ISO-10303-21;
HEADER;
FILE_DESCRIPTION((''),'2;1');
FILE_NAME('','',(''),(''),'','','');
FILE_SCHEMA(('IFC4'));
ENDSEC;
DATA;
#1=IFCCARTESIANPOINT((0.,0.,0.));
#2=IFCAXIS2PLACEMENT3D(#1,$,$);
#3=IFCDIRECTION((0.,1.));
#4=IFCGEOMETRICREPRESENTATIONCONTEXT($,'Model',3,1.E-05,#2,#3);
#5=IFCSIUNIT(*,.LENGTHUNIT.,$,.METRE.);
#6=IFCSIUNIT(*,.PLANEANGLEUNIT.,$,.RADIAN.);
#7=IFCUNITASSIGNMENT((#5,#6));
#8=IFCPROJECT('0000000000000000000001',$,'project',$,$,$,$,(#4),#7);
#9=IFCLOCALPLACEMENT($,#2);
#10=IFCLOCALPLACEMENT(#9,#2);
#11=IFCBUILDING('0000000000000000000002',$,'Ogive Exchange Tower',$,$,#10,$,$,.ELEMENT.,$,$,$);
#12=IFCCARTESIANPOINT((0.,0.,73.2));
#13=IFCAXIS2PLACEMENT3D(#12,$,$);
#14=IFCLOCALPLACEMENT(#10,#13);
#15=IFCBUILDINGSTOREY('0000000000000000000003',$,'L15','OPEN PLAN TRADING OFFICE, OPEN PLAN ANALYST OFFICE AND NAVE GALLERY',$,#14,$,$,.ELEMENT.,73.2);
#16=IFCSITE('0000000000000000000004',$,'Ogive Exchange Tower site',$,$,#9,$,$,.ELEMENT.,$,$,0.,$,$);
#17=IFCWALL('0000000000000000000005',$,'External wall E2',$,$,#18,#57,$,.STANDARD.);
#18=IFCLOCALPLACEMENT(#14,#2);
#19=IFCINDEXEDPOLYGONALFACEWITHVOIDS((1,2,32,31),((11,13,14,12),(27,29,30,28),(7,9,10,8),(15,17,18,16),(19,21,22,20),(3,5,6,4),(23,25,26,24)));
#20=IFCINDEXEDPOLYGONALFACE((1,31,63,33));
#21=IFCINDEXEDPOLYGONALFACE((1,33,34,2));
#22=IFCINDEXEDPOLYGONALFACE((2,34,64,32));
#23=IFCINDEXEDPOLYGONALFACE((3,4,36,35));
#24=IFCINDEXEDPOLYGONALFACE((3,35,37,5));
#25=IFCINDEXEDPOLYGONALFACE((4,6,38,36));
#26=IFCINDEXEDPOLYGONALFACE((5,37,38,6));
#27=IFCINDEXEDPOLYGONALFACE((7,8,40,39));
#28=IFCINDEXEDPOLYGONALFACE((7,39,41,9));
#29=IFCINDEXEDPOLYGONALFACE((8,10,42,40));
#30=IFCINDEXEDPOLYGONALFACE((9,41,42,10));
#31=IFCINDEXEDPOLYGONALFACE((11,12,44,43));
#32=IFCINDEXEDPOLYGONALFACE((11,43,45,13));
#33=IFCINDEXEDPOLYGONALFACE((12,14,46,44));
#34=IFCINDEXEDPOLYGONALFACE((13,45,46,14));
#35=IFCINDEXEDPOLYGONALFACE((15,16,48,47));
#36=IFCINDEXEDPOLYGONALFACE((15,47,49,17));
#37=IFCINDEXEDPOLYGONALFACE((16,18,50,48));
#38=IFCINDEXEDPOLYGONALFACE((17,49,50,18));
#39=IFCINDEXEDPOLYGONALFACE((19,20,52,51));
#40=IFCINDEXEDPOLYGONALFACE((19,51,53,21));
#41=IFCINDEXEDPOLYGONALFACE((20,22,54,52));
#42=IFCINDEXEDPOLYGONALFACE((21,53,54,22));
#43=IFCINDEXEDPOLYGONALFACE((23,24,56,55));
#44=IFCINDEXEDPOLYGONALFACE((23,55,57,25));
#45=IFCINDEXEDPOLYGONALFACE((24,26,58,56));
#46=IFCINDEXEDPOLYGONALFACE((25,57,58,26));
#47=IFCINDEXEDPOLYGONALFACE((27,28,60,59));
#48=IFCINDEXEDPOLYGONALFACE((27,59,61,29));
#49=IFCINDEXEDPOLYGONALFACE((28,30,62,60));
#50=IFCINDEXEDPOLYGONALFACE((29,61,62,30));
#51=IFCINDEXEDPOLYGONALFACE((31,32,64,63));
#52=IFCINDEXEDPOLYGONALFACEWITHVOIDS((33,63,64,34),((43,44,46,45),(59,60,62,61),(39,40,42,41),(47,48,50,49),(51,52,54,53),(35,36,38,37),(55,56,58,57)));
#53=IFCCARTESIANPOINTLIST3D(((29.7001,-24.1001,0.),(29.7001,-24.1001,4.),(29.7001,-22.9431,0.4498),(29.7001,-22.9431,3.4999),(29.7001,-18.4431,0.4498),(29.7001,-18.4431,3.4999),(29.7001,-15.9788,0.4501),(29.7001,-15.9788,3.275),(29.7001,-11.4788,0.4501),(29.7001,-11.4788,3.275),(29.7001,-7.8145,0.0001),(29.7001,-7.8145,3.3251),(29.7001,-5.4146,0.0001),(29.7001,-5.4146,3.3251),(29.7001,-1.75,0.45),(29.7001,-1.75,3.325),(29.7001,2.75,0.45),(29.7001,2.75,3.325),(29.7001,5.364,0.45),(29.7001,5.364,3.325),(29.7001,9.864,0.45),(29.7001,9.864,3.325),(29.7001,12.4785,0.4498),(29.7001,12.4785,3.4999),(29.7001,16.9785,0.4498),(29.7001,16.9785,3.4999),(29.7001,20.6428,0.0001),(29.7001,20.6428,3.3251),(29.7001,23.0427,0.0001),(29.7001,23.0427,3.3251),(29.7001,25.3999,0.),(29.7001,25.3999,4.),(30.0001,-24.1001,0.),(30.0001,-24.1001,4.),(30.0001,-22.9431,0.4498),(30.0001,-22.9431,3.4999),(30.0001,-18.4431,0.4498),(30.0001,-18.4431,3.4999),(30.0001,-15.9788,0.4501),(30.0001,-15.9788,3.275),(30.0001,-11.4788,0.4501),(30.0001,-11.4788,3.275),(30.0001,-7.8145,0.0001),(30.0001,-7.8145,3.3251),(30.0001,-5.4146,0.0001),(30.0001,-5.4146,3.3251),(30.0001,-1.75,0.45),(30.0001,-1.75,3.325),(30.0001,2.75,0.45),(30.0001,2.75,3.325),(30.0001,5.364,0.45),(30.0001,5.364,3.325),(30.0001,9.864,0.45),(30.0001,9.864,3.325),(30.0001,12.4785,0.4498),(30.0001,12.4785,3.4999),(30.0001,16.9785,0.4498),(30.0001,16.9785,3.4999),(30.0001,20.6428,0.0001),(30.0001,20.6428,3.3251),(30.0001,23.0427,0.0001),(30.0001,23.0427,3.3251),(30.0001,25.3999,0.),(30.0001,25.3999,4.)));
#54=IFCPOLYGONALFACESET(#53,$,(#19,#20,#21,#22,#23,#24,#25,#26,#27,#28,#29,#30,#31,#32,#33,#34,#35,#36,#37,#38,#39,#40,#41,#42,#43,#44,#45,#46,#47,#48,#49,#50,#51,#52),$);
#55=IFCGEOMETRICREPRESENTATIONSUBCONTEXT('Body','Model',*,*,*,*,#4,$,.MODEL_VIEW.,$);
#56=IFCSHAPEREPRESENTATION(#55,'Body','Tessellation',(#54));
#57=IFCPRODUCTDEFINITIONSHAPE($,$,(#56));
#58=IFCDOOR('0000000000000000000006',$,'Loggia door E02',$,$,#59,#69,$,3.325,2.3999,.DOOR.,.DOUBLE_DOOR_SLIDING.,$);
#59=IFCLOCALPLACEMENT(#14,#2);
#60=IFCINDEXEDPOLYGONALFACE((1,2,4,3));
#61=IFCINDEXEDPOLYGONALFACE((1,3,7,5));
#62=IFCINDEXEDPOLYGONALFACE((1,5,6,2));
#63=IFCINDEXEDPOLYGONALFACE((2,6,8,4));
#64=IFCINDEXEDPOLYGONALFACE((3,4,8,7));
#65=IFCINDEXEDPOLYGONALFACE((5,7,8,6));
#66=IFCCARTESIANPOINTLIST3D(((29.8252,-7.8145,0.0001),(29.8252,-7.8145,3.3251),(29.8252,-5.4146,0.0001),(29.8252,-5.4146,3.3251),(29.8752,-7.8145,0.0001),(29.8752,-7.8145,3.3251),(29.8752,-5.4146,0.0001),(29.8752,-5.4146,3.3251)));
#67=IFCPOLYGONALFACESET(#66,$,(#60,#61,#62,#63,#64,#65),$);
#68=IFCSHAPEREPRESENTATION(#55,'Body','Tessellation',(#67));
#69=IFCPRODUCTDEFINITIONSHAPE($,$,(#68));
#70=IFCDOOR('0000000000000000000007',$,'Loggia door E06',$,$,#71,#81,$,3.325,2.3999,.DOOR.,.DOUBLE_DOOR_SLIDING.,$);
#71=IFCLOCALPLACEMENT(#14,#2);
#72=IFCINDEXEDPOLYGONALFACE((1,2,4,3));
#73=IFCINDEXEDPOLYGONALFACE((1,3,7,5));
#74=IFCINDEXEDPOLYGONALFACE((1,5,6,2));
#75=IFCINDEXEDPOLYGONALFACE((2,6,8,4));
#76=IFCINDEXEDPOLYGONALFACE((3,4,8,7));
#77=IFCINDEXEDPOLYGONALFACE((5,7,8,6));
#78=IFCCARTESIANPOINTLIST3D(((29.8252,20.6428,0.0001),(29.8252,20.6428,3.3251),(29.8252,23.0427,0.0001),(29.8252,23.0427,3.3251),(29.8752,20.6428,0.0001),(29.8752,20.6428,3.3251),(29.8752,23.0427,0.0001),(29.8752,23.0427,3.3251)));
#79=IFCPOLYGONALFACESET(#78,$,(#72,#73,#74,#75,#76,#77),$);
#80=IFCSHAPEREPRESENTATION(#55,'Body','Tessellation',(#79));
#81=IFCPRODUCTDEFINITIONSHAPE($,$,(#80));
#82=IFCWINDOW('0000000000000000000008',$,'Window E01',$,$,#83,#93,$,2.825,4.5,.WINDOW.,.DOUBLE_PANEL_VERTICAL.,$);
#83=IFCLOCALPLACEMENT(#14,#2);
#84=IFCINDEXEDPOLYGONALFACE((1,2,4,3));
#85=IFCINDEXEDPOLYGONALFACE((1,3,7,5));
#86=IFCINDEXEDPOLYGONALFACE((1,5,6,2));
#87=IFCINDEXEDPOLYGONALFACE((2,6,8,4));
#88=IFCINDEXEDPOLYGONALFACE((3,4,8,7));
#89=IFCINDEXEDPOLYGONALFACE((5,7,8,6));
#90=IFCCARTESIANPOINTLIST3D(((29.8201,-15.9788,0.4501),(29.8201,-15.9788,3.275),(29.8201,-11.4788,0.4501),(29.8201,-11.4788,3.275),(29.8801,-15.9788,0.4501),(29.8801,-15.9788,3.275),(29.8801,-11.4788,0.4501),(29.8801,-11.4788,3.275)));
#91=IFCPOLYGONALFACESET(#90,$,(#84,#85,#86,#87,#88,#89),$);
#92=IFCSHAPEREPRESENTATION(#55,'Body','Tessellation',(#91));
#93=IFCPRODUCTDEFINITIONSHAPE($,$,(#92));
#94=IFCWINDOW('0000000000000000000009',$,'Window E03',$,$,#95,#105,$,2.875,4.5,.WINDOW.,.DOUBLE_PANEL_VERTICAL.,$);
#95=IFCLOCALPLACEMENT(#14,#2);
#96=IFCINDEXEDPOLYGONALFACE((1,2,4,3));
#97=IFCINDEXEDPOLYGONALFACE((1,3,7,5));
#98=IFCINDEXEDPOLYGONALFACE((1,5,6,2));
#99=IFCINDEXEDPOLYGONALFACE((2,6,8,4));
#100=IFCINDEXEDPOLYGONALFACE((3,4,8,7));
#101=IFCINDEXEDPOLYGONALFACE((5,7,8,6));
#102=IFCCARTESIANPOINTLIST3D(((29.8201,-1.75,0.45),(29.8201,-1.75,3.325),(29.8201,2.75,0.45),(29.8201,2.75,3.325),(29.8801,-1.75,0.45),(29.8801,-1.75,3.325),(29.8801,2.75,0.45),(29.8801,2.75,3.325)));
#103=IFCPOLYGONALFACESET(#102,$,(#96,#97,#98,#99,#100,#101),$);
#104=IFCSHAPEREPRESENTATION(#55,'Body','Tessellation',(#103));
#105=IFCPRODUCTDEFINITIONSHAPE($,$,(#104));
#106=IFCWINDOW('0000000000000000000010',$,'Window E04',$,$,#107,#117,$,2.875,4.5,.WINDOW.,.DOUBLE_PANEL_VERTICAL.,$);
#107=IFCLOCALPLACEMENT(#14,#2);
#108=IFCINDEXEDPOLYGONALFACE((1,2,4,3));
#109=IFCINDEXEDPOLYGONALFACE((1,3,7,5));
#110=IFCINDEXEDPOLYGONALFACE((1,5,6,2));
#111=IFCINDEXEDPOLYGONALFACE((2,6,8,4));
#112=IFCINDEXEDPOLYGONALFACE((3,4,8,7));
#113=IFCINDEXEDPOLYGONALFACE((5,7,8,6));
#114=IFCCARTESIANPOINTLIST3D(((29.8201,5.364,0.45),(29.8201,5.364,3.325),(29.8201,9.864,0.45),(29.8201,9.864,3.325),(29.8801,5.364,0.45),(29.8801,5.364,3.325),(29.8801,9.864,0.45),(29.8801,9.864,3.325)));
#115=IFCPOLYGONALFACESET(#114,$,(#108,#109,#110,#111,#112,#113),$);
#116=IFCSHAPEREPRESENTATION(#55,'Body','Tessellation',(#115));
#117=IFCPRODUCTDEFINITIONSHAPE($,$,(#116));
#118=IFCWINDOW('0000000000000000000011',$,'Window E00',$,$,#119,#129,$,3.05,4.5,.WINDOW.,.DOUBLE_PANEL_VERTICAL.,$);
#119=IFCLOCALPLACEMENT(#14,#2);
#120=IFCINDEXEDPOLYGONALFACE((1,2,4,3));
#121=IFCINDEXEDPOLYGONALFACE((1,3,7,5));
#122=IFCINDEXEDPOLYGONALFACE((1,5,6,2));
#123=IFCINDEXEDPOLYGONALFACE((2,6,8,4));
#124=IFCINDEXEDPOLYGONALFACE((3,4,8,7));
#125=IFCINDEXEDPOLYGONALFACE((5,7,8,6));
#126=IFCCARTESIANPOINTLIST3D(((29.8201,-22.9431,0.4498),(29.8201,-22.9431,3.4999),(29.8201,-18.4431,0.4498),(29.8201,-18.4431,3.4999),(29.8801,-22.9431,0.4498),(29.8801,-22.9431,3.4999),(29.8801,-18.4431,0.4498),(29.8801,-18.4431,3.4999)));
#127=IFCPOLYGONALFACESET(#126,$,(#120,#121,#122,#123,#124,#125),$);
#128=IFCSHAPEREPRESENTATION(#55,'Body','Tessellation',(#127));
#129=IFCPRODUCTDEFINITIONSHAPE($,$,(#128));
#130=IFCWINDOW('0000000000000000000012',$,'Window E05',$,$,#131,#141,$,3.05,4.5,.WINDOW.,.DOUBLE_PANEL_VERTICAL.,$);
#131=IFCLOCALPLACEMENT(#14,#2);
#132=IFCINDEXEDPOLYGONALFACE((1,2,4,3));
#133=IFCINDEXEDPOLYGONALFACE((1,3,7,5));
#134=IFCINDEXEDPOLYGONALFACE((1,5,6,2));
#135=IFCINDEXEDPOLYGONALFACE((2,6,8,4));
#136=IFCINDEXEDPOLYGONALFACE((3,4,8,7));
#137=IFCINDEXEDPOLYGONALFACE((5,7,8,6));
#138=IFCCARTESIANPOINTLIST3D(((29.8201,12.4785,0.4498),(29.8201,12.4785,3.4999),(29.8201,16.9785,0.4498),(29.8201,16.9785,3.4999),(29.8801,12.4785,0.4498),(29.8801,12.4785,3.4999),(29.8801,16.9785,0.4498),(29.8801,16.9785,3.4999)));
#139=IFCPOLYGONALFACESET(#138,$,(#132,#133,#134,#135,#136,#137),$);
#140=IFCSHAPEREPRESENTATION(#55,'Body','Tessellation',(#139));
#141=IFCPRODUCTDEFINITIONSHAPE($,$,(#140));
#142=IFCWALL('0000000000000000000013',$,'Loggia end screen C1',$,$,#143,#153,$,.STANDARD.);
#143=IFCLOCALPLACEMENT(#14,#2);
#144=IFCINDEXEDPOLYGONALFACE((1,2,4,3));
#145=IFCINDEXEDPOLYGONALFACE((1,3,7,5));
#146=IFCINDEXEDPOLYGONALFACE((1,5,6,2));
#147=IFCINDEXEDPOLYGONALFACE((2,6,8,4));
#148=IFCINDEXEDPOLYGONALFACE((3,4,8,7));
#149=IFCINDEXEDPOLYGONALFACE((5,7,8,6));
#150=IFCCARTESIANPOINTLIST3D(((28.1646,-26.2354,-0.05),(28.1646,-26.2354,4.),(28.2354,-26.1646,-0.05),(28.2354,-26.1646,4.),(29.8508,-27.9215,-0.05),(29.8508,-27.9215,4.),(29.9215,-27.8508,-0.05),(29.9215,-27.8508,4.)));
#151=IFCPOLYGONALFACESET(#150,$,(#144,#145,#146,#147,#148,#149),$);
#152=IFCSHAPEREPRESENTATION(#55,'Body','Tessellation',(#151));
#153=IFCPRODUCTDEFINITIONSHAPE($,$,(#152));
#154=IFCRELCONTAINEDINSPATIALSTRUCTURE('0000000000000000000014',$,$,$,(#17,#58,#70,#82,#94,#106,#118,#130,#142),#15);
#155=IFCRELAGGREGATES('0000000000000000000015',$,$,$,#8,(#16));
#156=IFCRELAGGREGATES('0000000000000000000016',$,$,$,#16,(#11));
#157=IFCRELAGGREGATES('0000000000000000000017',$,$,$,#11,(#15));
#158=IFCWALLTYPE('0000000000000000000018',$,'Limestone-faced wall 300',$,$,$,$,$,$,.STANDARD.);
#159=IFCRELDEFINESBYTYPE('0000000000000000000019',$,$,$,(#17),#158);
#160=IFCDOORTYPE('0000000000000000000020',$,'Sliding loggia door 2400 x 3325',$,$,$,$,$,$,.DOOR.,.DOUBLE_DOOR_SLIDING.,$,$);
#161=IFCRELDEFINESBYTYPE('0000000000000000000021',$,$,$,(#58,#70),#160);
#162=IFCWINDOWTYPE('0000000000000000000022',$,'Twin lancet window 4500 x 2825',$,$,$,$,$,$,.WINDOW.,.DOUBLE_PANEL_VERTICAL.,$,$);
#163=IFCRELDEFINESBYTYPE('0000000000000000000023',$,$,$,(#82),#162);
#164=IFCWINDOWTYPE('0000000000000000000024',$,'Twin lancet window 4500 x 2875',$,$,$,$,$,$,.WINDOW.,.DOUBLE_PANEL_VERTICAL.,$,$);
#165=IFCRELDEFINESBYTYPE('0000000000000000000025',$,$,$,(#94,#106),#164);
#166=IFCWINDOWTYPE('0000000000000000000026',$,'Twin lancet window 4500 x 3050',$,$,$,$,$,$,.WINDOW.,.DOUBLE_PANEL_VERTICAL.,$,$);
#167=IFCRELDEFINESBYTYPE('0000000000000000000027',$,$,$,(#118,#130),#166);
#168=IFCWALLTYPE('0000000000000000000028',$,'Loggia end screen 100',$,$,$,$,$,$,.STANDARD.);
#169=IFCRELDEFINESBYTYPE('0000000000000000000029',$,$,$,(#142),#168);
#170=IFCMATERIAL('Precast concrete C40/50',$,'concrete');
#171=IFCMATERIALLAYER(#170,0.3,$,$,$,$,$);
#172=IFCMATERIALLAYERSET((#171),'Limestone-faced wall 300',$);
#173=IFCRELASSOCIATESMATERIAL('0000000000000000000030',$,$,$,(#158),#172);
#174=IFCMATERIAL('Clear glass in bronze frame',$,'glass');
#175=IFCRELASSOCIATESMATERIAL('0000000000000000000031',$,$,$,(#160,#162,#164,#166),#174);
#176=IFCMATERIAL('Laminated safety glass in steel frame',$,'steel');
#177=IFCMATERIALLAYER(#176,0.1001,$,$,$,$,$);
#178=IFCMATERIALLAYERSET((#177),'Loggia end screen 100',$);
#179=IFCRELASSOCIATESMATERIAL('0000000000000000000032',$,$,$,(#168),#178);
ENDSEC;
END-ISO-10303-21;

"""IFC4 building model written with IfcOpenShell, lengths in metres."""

from ifc_helpers import new_model, si_unit, direction, frame, frame_2d, origin, place, context, subcontext, project, spatial, rectangle, extrude, material, layer, layer_set, type_object, element, fill, save


model = new_model("IFC4")

# Units and contexts
model_context = context("Model", 3, precision=1e-05, world=origin(), true_north=direction((0.0, 1.0)))
body_context = subcontext(model_context, "Body", "Model", "MODEL_VIEW")
ifc_project = project(units=[si_unit("LENGTHUNIT", "METRE"), si_unit("PLANEANGLEUNIT", "RADIAN")], contexts=[model_context])

# Site, building, storey
site_placement = place(None, origin())
site = spatial("IfcSite", under=ifc_project, at=site_placement, Name="Ogive Exchange Tower site", CompositionType="ELEMENT", RefElevation=0.0)
building_placement = place(site_placement, origin())
building = spatial("IfcBuilding", under=site, at=building_placement, Name="Ogive Exchange Tower", CompositionType="ELEMENT")
storey_placement = place(building_placement, frame((0.0, 0.0, 73.2)))
storey = spatial("IfcBuildingStorey", under=building, at=storey_placement, Name="L15", Description="OPEN PLAN TRADING OFFICE, OPEN PLAN ANALYST OFFICE AND NAVE GALLERY", CompositionType="ELEMENT", Elevation=73.2)

# Wall, openings, doors, windows
ifc_material_1 = material(Name="Precast concrete C40/50", Category="concrete")
ifc_layer_1 = layer(ifc_material_1, 0.3)
ifc_layer_set_1 = layer_set([ifc_layer_1], Name="Limestone-faced wall 300")
wall_type_1 = type_object("IfcWallType", Name="Limestone-faced wall 300", PredefinedType="STANDARD", material=ifc_layer_set_1)
wall_1_placement = place(storey_placement, frame((29.8501, -24.1001, 0.0), z_axis=(0.0, 0.0, 1.0), x_axis=(0.0, 1.0, 0.0)))
wall_1 = element("IfcWall", 1, at=wall_1_placement, inside=storey, type_object=wall_type_1, Name="External wall E2", PredefinedType="STANDARD", context=body_context, shape_type="SweptSolid", body=[
    extrude(rectangle(XDim=49.5, YDim=0.3, at=frame_2d((24.75, 0.0))), origin(), (0.0, 0.0, 1.0), 4.0),
])
opening_1_placement = place(wall_1_placement, frame((1.157, 0.0, 0.45)))
opening_1 = element("IfcOpeningElement", 2, at=opening_1_placement, cuts=wall_1, PredefinedType="OPENING", context=body_context, shape_type="SweptSolid", body=[
    extrude(rectangle(XDim=4.5, YDim=3.05, at=frame_2d((2.25, 1.5249))), frame((0.0, 0.1599, 0.0), z_axis=(0.0, -1.0, 0.0), x_axis=(1.0, 0.0, 0.0)), (0.0, 0.0, 1.0), 0.3201),
])
opening_2_placement = place(wall_1_placement, frame((8.1213, 0.0, 0.45)))
opening_2 = element("IfcOpeningElement", 3, at=opening_2_placement, cuts=wall_1, PredefinedType="OPENING", context=body_context, shape_type="SweptSolid", body=[
    extrude(rectangle(XDim=4.5, YDim=2.825, at=frame_2d((2.25, 1.4126))), frame((0.0, 0.1599, 0.0), z_axis=(0.0, -1.0, 0.0), x_axis=(1.0, 0.0, 0.0)), (0.0, 0.0, 1.0), 0.3201),
])
opening_3_placement = place(wall_1_placement, frame((16.2856, 0.0, 0.0)))
opening_3 = element("IfcOpeningElement", 4, at=opening_3_placement, cuts=wall_1, PredefinedType="OPENING", context=body_context, shape_type="SweptSolid", body=[
    extrude(rectangle(XDim=2.3999, YDim=3.325, at=frame_2d((1.2, 1.6626))), frame((0.0, 0.1599, 0.0), z_axis=(0.0, -1.0, 0.0), x_axis=(1.0, 0.0, 0.0)), (0.0, 0.0, 1.0), 0.3201),
])
opening_4_placement = place(wall_1_placement, frame((22.3501, 0.0, 0.45)))
opening_4 = element("IfcOpeningElement", 5, at=opening_4_placement, cuts=wall_1, PredefinedType="OPENING", context=body_context, shape_type="SweptSolid", body=[
    extrude(rectangle(XDim=4.5, YDim=2.875, at=frame_2d((2.25, 1.4375))), frame((0.0, 0.1599, 0.0), z_axis=(0.0, -1.0, 0.0), x_axis=(1.0, 0.0, 0.0)), (0.0, 0.0, 1.0), 0.3201),
])
opening_5_placement = place(wall_1_placement, frame((29.4641, 0.0, 0.45)))
opening_5 = element("IfcOpeningElement", 6, at=opening_5_placement, cuts=wall_1, PredefinedType="OPENING", context=body_context, shape_type="SweptSolid", body=[
    extrude(rectangle(XDim=4.5, YDim=2.875, at=frame_2d((2.25, 1.4375))), frame((0.0, 0.1599, 0.0), z_axis=(0.0, -1.0, 0.0), x_axis=(1.0, 0.0, 0.0)), (0.0, 0.0, 1.0), 0.3201),
])
opening_6_placement = place(wall_1_placement, frame((36.5786, 0.0, 0.45)))
opening_6 = element("IfcOpeningElement", 7, at=opening_6_placement, cuts=wall_1, PredefinedType="OPENING", context=body_context, shape_type="SweptSolid", body=[
    extrude(rectangle(XDim=4.5, YDim=3.05, at=frame_2d((2.25, 1.5249))), frame((0.0, 0.1599, 0.0), z_axis=(0.0, -1.0, 0.0), x_axis=(1.0, 0.0, 0.0)), (0.0, 0.0, 1.0), 0.3201),
])
opening_7_placement = place(wall_1_placement, frame((44.7429, 0.0, 0.0)))
opening_7 = element("IfcOpeningElement", 8, at=opening_7_placement, cuts=wall_1, PredefinedType="OPENING", context=body_context, shape_type="SweptSolid", body=[
    extrude(rectangle(XDim=2.3999, YDim=3.325, at=frame_2d((1.2, 1.6626))), frame((0.0, 0.1599, 0.0), z_axis=(0.0, -1.0, 0.0), x_axis=(1.0, 0.0, 0.0)), (0.0, 0.0, 1.0), 0.3201),
])
ifc_material_2 = material(Name="Clear glass in bronze frame", Category="glass")
door_type_1 = type_object("IfcDoorType", Name="Sliding loggia door 2400 x 3325", OperationType="DOUBLE_DOOR_SLIDING", PredefinedType="DOOR", material=ifc_material_2)
door_1_placement = place(opening_3_placement, origin())
door_1 = element("IfcDoor", 9, at=door_1_placement, inside=storey, type_object=door_type_1, Name="Loggia door E02", OperationType="DOUBLE_DOOR_SLIDING", OverallHeight=3.325, OverallWidth=2.3999, PredefinedType="DOOR", context=body_context, shape_type="SweptSolid", body=[
    extrude(rectangle(XDim=2.3999, YDim=3.325, at=frame_2d((1.2, 1.6626))), frame((0.0, 0.0249, 0.0), z_axis=(0.0, -1.0, 0.0), x_axis=(1.0, 0.0, 0.0)), (0.0, 0.0, 1.0), 0.05),
])
fill(opening_3, door_1)
door_2_placement = place(opening_7_placement, origin())
door_2 = element("IfcDoor", 10, at=door_2_placement, inside=storey, type_object=door_type_1, Name="Loggia door E06", OperationType="DOUBLE_DOOR_SLIDING", OverallHeight=3.325, OverallWidth=2.3999, PredefinedType="DOOR", context=body_context, shape_type="SweptSolid", body=[
    extrude(rectangle(XDim=2.3999, YDim=3.325, at=frame_2d((1.2, 1.6626))), frame((0.0, 0.0249, 0.0), z_axis=(0.0, -1.0, 0.0), x_axis=(1.0, 0.0, 0.0)), (0.0, 0.0, 1.0), 0.05),
])
fill(opening_7, door_2)
window_type_1 = type_object("IfcWindowType", Name="Twin lancet window 4500 x 2825", PartitioningType="DOUBLE_PANEL_VERTICAL", PredefinedType="WINDOW", material=ifc_material_2)
window_1_placement = place(opening_2_placement, origin())
window_1 = element("IfcWindow", 11, at=window_1_placement, inside=storey, type_object=window_type_1, Name="Window E01", OverallHeight=2.825, OverallWidth=4.5, PartitioningType="DOUBLE_PANEL_VERTICAL", PredefinedType="WINDOW", context=body_context, shape_type="SweptSolid", body=[
    extrude(rectangle(XDim=4.5, YDim=2.825, at=frame_2d((2.25, 1.4126))), frame((0.0, 0.03, 0.0), z_axis=(0.0, -1.0, 0.0), x_axis=(1.0, 0.0, 0.0)), (0.0, 0.0, 1.0), 0.0601),
])
fill(opening_2, window_1)
window_type_2 = type_object("IfcWindowType", Name="Twin lancet window 4500 x 2875", PartitioningType="DOUBLE_PANEL_VERTICAL", PredefinedType="WINDOW", material=ifc_material_2)
window_2_placement = place(opening_4_placement, origin())
window_2 = element("IfcWindow", 12, at=window_2_placement, inside=storey, type_object=window_type_2, Name="Window E03", OverallHeight=2.875, OverallWidth=4.5, PartitioningType="DOUBLE_PANEL_VERTICAL", PredefinedType="WINDOW", context=body_context, shape_type="SweptSolid", body=[
    extrude(rectangle(XDim=4.5, YDim=2.875, at=frame_2d((2.25, 1.4375))), frame((0.0, 0.03, 0.0), z_axis=(0.0, -1.0, 0.0), x_axis=(1.0, 0.0, 0.0)), (0.0, 0.0, 1.0), 0.0601),
])
fill(opening_4, window_2)
window_3_placement = place(opening_5_placement, origin())
window_3 = element("IfcWindow", 13, at=window_3_placement, inside=storey, type_object=window_type_2, Name="Window E04", OverallHeight=2.875, OverallWidth=4.5, PartitioningType="DOUBLE_PANEL_VERTICAL", PredefinedType="WINDOW", context=body_context, shape_type="SweptSolid", body=[
    extrude(rectangle(XDim=4.5, YDim=2.875, at=frame_2d((2.25, 1.4375))), frame((0.0, 0.03, 0.0), z_axis=(0.0, -1.0, 0.0), x_axis=(1.0, 0.0, 0.0)), (0.0, 0.0, 1.0), 0.0601),
])
fill(opening_5, window_3)
window_type_3 = type_object("IfcWindowType", Name="Twin lancet window 4500 x 3050", PartitioningType="DOUBLE_PANEL_VERTICAL", PredefinedType="WINDOW", material=ifc_material_2)
window_4_placement = place(opening_1_placement, origin())
window_4 = element("IfcWindow", 14, at=window_4_placement, inside=storey, type_object=window_type_3, Name="Window E00", OverallHeight=3.05, OverallWidth=4.5, PartitioningType="DOUBLE_PANEL_VERTICAL", PredefinedType="WINDOW", context=body_context, shape_type="SweptSolid", body=[
    extrude(rectangle(XDim=4.5, YDim=3.05, at=frame_2d((2.25, 1.5249))), frame((0.0, 0.03, 0.0), z_axis=(0.0, -1.0, 0.0), x_axis=(1.0, 0.0, 0.0)), (0.0, 0.0, 1.0), 0.0601),
])
fill(opening_1, window_4)
window_5_placement = place(opening_6_placement, origin())
window_5 = element("IfcWindow", 15, at=window_5_placement, inside=storey, type_object=window_type_3, Name="Window E05", OverallHeight=3.05, OverallWidth=4.5, PartitioningType="DOUBLE_PANEL_VERTICAL", PredefinedType="WINDOW", context=body_context, shape_type="SweptSolid", body=[
    extrude(rectangle(XDim=4.5, YDim=3.05, at=frame_2d((2.25, 1.5249))), frame((0.0, 0.03, 0.0), z_axis=(0.0, -1.0, 0.0), x_axis=(1.0, 0.0, 0.0)), (0.0, 0.0, 1.0), 0.0601),
])
fill(opening_6, window_5)

# Wall
ifc_material_3 = material(Name="Laminated safety glass in steel frame", Category="steel")
ifc_layer_2 = layer(ifc_material_3, 0.1001)
ifc_layer_set_2 = layer_set([ifc_layer_2], Name="Loggia end screen 100")
wall_type_2 = type_object("IfcWallType", Name="Loggia end screen 100", PredefinedType="STANDARD", material=ifc_layer_set_2)
wall_2_placement = place(storey_placement, frame((28.2, -26.2, -0.05), z_axis=(0.0, 0.0, 1.0), x_axis=(0.707107, -0.707107, 0.0)))
element("IfcWall", 16, at=wall_2_placement, inside=storey, type_object=wall_type_2, Name="Loggia end screen C1", PredefinedType="STANDARD", context=body_context, shape_type="SweptSolid", body=[
    extrude(rectangle(XDim=2.3845, YDim=0.1001, at=frame_2d((1.1924, 0.0))), origin(), (0.0, 0.0, 1.0), 4.05),
])

save(model, "model.ifc")
